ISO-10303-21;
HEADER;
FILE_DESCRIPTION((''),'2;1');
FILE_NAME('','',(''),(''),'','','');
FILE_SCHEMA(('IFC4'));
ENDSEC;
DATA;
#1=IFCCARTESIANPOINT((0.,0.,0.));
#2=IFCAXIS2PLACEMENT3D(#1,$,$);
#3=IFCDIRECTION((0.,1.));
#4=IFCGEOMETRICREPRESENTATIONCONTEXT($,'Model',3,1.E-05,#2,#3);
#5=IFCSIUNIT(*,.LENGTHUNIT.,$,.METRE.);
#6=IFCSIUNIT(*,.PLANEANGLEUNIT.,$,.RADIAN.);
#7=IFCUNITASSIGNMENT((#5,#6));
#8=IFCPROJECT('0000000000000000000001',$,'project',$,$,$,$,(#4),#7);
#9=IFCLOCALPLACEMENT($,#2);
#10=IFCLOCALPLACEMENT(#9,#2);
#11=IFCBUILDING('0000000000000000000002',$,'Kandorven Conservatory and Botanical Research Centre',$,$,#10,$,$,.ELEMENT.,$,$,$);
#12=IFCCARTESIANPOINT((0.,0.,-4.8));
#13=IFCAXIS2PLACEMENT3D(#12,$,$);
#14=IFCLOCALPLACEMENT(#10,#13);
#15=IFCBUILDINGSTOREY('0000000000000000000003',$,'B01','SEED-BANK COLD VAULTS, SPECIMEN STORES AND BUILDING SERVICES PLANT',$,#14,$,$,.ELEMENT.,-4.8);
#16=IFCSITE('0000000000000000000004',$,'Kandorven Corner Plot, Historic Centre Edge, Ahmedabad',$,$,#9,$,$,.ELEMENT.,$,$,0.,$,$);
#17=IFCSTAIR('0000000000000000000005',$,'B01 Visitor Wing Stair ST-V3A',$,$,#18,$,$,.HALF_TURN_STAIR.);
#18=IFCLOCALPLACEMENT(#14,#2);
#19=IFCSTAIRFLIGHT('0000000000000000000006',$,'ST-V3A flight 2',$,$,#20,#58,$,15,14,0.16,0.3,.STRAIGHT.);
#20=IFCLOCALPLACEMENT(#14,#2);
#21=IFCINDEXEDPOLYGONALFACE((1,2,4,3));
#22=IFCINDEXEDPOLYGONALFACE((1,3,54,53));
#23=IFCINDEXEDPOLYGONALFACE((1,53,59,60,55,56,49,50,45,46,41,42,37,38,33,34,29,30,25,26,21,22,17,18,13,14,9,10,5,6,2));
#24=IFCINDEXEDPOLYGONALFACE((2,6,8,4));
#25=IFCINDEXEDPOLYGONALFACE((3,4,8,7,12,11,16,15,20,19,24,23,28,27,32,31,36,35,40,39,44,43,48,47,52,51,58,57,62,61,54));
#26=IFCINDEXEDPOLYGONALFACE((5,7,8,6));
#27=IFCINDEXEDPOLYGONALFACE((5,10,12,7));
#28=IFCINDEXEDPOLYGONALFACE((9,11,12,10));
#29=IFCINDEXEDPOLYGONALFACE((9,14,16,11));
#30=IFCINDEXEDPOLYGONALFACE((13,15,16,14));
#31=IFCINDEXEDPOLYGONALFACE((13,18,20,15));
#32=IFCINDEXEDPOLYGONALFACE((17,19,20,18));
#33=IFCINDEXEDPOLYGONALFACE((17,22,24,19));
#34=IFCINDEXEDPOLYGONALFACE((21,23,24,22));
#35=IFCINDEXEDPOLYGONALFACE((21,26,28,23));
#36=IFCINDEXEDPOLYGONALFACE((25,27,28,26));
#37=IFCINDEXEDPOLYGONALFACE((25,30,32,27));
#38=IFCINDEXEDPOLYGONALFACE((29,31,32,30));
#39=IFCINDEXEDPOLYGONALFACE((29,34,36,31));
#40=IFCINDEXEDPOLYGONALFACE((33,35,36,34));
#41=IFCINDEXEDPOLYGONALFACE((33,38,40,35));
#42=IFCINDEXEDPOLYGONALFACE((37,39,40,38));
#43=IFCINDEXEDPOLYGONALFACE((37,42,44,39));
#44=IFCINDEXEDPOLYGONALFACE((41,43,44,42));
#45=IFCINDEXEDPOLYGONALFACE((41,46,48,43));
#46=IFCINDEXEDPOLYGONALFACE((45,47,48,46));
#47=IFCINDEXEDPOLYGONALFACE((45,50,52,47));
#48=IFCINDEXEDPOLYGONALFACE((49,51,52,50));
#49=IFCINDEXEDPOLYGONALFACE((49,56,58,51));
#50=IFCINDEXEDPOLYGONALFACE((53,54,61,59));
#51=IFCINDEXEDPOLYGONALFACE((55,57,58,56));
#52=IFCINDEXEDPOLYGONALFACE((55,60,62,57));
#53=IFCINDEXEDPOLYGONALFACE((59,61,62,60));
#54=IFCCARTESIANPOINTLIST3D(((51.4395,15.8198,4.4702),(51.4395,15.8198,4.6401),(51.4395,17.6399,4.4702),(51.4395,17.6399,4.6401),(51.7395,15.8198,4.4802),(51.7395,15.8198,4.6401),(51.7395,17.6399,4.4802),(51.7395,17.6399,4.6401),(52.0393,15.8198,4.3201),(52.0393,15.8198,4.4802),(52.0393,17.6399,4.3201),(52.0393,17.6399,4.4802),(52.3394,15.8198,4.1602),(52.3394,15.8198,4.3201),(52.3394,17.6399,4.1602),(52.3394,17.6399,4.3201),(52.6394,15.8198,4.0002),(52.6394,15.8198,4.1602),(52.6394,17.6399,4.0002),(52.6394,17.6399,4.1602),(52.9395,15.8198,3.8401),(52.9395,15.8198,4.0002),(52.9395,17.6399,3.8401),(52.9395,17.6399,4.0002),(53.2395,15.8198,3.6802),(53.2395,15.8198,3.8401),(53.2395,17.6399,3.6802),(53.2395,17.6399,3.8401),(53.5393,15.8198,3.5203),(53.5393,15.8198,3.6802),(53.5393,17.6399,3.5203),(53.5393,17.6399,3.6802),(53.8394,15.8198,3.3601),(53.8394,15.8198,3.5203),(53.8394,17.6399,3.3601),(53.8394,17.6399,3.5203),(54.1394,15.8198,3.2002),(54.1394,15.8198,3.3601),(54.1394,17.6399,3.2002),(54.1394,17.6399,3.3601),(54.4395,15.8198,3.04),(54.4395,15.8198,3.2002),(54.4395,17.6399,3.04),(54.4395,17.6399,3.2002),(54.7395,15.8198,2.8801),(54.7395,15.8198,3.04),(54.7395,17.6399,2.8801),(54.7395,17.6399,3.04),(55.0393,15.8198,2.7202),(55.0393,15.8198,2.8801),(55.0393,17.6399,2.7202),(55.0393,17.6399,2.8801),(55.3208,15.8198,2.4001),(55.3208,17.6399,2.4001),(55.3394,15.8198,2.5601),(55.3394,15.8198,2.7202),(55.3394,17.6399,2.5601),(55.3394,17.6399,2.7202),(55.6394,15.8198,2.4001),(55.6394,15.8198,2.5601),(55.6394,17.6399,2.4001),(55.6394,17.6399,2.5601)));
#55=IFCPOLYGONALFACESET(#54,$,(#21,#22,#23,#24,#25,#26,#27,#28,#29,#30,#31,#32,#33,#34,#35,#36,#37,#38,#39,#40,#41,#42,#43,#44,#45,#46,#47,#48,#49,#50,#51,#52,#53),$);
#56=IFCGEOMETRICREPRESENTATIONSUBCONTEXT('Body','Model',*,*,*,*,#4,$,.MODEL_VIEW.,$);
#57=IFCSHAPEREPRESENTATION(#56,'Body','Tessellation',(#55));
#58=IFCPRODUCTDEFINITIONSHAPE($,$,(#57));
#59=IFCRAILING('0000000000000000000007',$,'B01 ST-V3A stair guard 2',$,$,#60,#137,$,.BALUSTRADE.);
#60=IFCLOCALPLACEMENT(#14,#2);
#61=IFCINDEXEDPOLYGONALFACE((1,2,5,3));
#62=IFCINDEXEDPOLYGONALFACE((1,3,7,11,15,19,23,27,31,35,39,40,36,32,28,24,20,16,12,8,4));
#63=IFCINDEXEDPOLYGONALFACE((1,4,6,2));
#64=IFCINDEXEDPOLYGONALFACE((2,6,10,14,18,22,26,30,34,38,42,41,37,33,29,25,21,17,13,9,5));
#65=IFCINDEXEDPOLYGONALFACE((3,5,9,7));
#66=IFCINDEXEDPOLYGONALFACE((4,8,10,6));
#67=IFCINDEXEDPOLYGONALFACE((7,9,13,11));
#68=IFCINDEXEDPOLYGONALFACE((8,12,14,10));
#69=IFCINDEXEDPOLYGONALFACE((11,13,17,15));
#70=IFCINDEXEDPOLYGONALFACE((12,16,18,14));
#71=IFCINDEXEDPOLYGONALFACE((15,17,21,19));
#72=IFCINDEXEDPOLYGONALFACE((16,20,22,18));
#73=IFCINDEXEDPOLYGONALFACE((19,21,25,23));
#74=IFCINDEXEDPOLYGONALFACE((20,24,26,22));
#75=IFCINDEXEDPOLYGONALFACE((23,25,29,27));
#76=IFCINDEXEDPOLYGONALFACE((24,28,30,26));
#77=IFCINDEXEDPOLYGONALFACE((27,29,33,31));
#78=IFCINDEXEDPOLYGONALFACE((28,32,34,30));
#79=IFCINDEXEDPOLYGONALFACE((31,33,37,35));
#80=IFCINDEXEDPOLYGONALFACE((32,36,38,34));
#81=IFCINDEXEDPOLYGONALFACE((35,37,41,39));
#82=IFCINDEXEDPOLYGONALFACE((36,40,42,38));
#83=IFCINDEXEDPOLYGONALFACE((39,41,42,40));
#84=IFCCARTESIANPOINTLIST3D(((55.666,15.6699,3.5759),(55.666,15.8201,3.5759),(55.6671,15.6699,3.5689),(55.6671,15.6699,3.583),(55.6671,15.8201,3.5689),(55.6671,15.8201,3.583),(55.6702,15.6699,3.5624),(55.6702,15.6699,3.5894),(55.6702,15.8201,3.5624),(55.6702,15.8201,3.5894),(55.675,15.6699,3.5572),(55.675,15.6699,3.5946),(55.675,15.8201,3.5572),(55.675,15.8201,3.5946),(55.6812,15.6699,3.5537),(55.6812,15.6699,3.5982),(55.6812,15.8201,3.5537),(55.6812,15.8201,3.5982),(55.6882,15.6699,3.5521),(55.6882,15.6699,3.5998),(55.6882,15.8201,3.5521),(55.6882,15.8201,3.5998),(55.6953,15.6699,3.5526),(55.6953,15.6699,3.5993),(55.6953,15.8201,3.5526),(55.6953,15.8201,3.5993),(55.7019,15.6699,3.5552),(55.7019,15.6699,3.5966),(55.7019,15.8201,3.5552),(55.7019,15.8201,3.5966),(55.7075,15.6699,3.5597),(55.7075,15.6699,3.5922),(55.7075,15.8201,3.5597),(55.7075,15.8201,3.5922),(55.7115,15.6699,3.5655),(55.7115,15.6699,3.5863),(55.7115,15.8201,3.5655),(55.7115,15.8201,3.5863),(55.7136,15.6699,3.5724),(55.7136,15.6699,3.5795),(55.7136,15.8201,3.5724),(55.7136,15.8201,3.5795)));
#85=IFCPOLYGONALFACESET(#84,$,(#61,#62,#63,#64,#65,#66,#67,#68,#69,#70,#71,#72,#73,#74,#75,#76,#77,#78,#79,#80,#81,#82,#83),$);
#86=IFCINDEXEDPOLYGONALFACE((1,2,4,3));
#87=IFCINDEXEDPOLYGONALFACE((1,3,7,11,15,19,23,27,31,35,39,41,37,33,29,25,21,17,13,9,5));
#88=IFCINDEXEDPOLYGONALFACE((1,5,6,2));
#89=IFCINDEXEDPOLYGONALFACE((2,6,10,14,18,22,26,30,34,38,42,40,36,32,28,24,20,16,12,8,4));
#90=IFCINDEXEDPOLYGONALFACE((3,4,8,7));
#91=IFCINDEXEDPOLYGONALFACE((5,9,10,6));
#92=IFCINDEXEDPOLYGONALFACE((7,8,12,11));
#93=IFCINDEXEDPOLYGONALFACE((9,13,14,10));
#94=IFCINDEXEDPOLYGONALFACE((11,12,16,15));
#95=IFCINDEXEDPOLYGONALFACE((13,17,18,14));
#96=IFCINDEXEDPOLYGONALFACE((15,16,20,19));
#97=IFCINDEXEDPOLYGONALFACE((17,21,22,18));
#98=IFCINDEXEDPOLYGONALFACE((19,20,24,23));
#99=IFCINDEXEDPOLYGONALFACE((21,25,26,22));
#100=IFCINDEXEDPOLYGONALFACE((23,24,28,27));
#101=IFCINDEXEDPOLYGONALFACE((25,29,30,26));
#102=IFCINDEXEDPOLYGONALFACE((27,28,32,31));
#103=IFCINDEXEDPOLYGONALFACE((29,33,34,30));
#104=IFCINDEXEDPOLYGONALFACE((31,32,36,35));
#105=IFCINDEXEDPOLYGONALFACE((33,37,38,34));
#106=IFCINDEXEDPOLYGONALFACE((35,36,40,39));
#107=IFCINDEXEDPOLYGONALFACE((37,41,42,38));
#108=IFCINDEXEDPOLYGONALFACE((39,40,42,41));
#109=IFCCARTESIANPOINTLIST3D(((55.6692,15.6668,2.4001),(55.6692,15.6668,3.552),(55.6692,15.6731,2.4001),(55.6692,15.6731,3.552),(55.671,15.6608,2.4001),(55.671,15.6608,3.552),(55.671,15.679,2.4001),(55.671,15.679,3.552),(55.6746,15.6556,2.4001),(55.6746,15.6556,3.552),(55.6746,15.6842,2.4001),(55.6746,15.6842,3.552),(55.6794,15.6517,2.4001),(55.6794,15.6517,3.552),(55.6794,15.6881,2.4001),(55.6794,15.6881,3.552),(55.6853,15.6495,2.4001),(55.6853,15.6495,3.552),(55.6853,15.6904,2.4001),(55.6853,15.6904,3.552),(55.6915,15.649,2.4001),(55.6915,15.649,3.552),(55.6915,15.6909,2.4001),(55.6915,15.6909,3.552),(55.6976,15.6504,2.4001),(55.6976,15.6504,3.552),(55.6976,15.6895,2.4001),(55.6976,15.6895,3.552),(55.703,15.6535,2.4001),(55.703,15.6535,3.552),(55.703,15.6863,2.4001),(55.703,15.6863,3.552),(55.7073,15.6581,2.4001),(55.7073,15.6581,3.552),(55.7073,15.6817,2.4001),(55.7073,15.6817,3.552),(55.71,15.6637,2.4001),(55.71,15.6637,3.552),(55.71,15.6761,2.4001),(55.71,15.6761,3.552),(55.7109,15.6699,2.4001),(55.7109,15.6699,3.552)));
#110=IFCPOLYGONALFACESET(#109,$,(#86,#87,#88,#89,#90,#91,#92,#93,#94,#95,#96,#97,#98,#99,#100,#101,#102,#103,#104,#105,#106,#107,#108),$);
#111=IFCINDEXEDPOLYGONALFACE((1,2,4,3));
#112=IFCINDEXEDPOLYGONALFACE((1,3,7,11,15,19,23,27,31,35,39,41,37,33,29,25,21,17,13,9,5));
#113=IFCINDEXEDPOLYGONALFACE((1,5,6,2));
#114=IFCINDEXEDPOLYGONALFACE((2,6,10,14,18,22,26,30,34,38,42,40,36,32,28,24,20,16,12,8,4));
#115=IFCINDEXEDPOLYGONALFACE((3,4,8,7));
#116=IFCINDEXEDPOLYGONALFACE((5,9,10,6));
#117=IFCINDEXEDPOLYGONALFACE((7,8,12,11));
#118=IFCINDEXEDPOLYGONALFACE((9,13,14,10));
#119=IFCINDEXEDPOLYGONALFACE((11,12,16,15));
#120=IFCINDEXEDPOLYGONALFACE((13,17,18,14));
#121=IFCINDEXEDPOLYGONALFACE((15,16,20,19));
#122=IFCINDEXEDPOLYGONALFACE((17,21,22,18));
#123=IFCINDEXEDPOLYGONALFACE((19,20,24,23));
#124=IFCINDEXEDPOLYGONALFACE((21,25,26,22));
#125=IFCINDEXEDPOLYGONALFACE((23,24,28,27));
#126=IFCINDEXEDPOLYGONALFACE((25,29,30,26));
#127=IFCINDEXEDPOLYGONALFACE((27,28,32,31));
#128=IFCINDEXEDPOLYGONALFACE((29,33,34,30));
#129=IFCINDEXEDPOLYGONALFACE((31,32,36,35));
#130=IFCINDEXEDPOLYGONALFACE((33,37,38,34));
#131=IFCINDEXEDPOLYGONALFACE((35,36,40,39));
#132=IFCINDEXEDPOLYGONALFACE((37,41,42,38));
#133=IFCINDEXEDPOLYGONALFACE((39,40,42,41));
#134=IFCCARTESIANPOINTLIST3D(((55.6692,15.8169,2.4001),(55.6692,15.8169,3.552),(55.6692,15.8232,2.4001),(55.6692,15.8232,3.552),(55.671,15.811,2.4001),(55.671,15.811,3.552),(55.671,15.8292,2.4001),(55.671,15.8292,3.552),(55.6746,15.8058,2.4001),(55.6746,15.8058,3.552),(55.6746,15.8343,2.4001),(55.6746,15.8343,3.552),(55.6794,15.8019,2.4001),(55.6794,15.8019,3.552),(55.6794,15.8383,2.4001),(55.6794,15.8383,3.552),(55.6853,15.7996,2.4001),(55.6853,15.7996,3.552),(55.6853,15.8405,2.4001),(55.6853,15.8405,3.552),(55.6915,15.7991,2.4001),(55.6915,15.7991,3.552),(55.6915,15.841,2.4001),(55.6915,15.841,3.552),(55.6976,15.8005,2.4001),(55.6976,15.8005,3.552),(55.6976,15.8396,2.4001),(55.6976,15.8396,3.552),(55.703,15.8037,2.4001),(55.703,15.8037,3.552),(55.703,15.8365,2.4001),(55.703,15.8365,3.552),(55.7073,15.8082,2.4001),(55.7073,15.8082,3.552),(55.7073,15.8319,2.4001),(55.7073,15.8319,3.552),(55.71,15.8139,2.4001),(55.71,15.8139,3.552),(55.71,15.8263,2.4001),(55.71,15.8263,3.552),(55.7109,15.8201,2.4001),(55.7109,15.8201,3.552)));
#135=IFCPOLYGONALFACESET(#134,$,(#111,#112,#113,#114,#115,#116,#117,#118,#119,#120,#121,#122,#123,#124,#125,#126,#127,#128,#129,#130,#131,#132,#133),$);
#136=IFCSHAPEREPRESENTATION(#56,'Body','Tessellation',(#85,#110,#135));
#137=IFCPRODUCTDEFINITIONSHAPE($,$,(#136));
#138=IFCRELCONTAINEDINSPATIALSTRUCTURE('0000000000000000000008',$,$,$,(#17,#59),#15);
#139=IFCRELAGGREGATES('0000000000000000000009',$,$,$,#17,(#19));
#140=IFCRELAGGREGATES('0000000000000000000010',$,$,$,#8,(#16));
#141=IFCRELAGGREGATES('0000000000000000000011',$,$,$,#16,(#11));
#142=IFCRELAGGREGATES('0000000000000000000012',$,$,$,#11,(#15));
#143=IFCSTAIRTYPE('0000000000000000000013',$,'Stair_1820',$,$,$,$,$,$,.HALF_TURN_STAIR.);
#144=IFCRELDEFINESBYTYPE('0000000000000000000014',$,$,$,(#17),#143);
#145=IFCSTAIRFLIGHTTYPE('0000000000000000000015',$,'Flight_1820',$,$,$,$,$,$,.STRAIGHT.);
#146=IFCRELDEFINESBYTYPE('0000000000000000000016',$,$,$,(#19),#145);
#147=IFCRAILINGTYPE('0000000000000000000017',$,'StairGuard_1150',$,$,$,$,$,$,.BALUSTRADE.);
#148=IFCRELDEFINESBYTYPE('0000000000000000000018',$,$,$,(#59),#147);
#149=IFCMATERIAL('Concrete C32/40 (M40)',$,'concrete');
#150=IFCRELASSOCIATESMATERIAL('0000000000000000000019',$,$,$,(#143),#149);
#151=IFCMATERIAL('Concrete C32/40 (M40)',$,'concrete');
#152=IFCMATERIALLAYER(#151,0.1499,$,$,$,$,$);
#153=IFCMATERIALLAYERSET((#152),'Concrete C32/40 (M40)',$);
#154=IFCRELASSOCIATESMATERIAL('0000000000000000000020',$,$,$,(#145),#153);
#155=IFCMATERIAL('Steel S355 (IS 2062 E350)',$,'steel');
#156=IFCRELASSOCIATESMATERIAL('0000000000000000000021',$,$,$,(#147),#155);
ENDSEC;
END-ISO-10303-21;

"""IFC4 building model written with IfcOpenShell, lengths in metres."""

from ifc_helpers import new_model, si_unit, direction, frame, origin, origin_2d, place, context, subcontext, project, spatial, polyline, circle, outline, extrude, material, layer, layer_set, type_object, element, aggregate, save


model = new_model("IFC4")

# Units and contexts
model_context = context("Model", 3, precision=1e-05, world=origin(), true_north=direction((0.0, 1.0)))
body_context = subcontext(model_context, "Body", "Model", "MODEL_VIEW")
ifc_project = project(units=[si_unit("LENGTHUNIT", "METRE"), si_unit("PLANEANGLEUNIT", "RADIAN")], contexts=[model_context])

# Site, building, storey
site_placement = place(None, origin())
site = spatial("IfcSite", under=ifc_project, at=site_placement, Name="Kandorven Corner Plot, Historic Centre Edge, Ahmedabad", CompositionType="ELEMENT", RefElevation=0.0)
building_placement = place(site_placement, origin())
building = spatial("IfcBuilding", under=site, at=building_placement, Name="Kandorven Conservatory and Botanical Research Centre", CompositionType="ELEMENT")
storey_placement = place(building_placement, frame((0.0, 0.0, -4.8)))
storey = spatial("IfcBuildingStorey", under=building, at=storey_placement, Name="B01", Description="SEED-BANK COLD VAULTS, SPECIMEN STORES AND BUILDING SERVICES PLANT", CompositionType="ELEMENT", Elevation=-4.8)

# Stair, stair flight
ifc_material_1 = material(Name="Concrete C32/40 (M40)", Category="concrete")
stair_type = type_object("IfcStairType", Name="Stair_1820", PredefinedType="HALF_TURN_STAIR", material=ifc_material_1)
stair_placement = place(storey_placement, origin())
stair = element("IfcStair", 1, at=stair_placement, inside=storey, type_object=stair_type, Name="B01 Visitor Wing Stair ST-V3A", PredefinedType="HALF_TURN_STAIR")
ifc_material_2 = material(Name="Concrete C32/40 (M40)", Category="concrete")
ifc_layer_1 = layer(ifc_material_2, 0.1499)
ifc_layer_set_1 = layer_set([ifc_layer_1], Name="Concrete C32/40 (M40)")
stair_flight_type = type_object("IfcStairFlightType", Name="Flight_1820", PredefinedType="STRAIGHT", material=ifc_layer_set_1)
stair_flight_placement = place(storey_placement, frame((55.6394, 16.73, 2.4001), z_axis=(0.0, 0.0, 1.0), x_axis=(-1.0, 0.0, 0.0)))
stair_flight = element("IfcStairFlight", 2, at=stair_flight_placement, type_object=stair_flight_type, Name="ST-V3A flight 2", NumberOfRisers=15, NumberOfTreads=14, PredefinedType="STRAIGHT", RiserHeight=0.16, TreadLength=0.3, context=body_context, shape_type="SweptSolid", body=[
    extrude(outline(polyline([(0.0, 0.0), (0.0, 0.1599), (0.3, 0.1599), (0.3, 0.3201), (0.6001, 0.3201), (0.6001, 0.48), (0.8999, 0.48), (0.8999, 0.6399), (1.2, 0.6399), (1.2, 0.8), (1.5, 0.8), (1.5, 0.96), (1.8, 0.96), (1.8, 1.1201), (2.1001, 1.1201), (2.1001, 1.28), (2.3999, 1.28), (2.3999, 1.4399), (2.7, 1.4399), (2.7, 1.6001), (3.0, 1.6001), (3.0, 1.76), (3.3, 1.76), (3.3, 1.9199), (3.6001, 1.9199), (3.6001, 2.0801), (3.8999, 2.0801), (3.8999, 2.24), (4.2, 2.24), (4.2, 2.3999), (4.2, 2.0701), (0.3186, 0.0), (0.0, 0.0)])), frame((0.0, 0.9102, 0.0), z_axis=(0.0, -1.0, 0.0), x_axis=(1.0, 0.0, 0.0)), (0.0, 0.0, 1.0), 1.8201),
])
aggregate(stair, [stair_flight])

# Railing
ifc_material_3 = material(Name="Steel S355 (IS 2062 E350)", Category="steel")
railing_type_1 = type_object("IfcRailingType", Name="StairGuard_1150", PredefinedType="BALUSTRADE", material=ifc_material_3)
railing_1_placement = place(storey_placement, frame((55.6899, 15.6699, 2.4001)))
element("IfcRailing", 3, at=railing_1_placement, inside=storey, type_object=railing_type_1, Name="B01 ST-V3A stair guard 2", PredefinedType="BALUSTRADE", context=body_context, shape_type="SweptSolid", body=[
    extrude(circle(Radius=0.0239, at=origin_2d()), frame((0.0, 0.0, 1.1758), z_axis=(0.0, 1.0, 0.0), x_axis=(-1.0, 0.0, 0.0)), (0.0, 0.0, 1.0), 0.1501),
    extrude(circle(Radius=0.021, at=origin_2d()), origin(), (0.0, 0.0, 1.0), 1.1519),
    extrude(circle(Radius=0.021, at=origin_2d()), frame((0.0, 0.1501, 0.0)), (0.0, 0.0, 1.0), 1.1519),
])

save(model, "model.ifc")
